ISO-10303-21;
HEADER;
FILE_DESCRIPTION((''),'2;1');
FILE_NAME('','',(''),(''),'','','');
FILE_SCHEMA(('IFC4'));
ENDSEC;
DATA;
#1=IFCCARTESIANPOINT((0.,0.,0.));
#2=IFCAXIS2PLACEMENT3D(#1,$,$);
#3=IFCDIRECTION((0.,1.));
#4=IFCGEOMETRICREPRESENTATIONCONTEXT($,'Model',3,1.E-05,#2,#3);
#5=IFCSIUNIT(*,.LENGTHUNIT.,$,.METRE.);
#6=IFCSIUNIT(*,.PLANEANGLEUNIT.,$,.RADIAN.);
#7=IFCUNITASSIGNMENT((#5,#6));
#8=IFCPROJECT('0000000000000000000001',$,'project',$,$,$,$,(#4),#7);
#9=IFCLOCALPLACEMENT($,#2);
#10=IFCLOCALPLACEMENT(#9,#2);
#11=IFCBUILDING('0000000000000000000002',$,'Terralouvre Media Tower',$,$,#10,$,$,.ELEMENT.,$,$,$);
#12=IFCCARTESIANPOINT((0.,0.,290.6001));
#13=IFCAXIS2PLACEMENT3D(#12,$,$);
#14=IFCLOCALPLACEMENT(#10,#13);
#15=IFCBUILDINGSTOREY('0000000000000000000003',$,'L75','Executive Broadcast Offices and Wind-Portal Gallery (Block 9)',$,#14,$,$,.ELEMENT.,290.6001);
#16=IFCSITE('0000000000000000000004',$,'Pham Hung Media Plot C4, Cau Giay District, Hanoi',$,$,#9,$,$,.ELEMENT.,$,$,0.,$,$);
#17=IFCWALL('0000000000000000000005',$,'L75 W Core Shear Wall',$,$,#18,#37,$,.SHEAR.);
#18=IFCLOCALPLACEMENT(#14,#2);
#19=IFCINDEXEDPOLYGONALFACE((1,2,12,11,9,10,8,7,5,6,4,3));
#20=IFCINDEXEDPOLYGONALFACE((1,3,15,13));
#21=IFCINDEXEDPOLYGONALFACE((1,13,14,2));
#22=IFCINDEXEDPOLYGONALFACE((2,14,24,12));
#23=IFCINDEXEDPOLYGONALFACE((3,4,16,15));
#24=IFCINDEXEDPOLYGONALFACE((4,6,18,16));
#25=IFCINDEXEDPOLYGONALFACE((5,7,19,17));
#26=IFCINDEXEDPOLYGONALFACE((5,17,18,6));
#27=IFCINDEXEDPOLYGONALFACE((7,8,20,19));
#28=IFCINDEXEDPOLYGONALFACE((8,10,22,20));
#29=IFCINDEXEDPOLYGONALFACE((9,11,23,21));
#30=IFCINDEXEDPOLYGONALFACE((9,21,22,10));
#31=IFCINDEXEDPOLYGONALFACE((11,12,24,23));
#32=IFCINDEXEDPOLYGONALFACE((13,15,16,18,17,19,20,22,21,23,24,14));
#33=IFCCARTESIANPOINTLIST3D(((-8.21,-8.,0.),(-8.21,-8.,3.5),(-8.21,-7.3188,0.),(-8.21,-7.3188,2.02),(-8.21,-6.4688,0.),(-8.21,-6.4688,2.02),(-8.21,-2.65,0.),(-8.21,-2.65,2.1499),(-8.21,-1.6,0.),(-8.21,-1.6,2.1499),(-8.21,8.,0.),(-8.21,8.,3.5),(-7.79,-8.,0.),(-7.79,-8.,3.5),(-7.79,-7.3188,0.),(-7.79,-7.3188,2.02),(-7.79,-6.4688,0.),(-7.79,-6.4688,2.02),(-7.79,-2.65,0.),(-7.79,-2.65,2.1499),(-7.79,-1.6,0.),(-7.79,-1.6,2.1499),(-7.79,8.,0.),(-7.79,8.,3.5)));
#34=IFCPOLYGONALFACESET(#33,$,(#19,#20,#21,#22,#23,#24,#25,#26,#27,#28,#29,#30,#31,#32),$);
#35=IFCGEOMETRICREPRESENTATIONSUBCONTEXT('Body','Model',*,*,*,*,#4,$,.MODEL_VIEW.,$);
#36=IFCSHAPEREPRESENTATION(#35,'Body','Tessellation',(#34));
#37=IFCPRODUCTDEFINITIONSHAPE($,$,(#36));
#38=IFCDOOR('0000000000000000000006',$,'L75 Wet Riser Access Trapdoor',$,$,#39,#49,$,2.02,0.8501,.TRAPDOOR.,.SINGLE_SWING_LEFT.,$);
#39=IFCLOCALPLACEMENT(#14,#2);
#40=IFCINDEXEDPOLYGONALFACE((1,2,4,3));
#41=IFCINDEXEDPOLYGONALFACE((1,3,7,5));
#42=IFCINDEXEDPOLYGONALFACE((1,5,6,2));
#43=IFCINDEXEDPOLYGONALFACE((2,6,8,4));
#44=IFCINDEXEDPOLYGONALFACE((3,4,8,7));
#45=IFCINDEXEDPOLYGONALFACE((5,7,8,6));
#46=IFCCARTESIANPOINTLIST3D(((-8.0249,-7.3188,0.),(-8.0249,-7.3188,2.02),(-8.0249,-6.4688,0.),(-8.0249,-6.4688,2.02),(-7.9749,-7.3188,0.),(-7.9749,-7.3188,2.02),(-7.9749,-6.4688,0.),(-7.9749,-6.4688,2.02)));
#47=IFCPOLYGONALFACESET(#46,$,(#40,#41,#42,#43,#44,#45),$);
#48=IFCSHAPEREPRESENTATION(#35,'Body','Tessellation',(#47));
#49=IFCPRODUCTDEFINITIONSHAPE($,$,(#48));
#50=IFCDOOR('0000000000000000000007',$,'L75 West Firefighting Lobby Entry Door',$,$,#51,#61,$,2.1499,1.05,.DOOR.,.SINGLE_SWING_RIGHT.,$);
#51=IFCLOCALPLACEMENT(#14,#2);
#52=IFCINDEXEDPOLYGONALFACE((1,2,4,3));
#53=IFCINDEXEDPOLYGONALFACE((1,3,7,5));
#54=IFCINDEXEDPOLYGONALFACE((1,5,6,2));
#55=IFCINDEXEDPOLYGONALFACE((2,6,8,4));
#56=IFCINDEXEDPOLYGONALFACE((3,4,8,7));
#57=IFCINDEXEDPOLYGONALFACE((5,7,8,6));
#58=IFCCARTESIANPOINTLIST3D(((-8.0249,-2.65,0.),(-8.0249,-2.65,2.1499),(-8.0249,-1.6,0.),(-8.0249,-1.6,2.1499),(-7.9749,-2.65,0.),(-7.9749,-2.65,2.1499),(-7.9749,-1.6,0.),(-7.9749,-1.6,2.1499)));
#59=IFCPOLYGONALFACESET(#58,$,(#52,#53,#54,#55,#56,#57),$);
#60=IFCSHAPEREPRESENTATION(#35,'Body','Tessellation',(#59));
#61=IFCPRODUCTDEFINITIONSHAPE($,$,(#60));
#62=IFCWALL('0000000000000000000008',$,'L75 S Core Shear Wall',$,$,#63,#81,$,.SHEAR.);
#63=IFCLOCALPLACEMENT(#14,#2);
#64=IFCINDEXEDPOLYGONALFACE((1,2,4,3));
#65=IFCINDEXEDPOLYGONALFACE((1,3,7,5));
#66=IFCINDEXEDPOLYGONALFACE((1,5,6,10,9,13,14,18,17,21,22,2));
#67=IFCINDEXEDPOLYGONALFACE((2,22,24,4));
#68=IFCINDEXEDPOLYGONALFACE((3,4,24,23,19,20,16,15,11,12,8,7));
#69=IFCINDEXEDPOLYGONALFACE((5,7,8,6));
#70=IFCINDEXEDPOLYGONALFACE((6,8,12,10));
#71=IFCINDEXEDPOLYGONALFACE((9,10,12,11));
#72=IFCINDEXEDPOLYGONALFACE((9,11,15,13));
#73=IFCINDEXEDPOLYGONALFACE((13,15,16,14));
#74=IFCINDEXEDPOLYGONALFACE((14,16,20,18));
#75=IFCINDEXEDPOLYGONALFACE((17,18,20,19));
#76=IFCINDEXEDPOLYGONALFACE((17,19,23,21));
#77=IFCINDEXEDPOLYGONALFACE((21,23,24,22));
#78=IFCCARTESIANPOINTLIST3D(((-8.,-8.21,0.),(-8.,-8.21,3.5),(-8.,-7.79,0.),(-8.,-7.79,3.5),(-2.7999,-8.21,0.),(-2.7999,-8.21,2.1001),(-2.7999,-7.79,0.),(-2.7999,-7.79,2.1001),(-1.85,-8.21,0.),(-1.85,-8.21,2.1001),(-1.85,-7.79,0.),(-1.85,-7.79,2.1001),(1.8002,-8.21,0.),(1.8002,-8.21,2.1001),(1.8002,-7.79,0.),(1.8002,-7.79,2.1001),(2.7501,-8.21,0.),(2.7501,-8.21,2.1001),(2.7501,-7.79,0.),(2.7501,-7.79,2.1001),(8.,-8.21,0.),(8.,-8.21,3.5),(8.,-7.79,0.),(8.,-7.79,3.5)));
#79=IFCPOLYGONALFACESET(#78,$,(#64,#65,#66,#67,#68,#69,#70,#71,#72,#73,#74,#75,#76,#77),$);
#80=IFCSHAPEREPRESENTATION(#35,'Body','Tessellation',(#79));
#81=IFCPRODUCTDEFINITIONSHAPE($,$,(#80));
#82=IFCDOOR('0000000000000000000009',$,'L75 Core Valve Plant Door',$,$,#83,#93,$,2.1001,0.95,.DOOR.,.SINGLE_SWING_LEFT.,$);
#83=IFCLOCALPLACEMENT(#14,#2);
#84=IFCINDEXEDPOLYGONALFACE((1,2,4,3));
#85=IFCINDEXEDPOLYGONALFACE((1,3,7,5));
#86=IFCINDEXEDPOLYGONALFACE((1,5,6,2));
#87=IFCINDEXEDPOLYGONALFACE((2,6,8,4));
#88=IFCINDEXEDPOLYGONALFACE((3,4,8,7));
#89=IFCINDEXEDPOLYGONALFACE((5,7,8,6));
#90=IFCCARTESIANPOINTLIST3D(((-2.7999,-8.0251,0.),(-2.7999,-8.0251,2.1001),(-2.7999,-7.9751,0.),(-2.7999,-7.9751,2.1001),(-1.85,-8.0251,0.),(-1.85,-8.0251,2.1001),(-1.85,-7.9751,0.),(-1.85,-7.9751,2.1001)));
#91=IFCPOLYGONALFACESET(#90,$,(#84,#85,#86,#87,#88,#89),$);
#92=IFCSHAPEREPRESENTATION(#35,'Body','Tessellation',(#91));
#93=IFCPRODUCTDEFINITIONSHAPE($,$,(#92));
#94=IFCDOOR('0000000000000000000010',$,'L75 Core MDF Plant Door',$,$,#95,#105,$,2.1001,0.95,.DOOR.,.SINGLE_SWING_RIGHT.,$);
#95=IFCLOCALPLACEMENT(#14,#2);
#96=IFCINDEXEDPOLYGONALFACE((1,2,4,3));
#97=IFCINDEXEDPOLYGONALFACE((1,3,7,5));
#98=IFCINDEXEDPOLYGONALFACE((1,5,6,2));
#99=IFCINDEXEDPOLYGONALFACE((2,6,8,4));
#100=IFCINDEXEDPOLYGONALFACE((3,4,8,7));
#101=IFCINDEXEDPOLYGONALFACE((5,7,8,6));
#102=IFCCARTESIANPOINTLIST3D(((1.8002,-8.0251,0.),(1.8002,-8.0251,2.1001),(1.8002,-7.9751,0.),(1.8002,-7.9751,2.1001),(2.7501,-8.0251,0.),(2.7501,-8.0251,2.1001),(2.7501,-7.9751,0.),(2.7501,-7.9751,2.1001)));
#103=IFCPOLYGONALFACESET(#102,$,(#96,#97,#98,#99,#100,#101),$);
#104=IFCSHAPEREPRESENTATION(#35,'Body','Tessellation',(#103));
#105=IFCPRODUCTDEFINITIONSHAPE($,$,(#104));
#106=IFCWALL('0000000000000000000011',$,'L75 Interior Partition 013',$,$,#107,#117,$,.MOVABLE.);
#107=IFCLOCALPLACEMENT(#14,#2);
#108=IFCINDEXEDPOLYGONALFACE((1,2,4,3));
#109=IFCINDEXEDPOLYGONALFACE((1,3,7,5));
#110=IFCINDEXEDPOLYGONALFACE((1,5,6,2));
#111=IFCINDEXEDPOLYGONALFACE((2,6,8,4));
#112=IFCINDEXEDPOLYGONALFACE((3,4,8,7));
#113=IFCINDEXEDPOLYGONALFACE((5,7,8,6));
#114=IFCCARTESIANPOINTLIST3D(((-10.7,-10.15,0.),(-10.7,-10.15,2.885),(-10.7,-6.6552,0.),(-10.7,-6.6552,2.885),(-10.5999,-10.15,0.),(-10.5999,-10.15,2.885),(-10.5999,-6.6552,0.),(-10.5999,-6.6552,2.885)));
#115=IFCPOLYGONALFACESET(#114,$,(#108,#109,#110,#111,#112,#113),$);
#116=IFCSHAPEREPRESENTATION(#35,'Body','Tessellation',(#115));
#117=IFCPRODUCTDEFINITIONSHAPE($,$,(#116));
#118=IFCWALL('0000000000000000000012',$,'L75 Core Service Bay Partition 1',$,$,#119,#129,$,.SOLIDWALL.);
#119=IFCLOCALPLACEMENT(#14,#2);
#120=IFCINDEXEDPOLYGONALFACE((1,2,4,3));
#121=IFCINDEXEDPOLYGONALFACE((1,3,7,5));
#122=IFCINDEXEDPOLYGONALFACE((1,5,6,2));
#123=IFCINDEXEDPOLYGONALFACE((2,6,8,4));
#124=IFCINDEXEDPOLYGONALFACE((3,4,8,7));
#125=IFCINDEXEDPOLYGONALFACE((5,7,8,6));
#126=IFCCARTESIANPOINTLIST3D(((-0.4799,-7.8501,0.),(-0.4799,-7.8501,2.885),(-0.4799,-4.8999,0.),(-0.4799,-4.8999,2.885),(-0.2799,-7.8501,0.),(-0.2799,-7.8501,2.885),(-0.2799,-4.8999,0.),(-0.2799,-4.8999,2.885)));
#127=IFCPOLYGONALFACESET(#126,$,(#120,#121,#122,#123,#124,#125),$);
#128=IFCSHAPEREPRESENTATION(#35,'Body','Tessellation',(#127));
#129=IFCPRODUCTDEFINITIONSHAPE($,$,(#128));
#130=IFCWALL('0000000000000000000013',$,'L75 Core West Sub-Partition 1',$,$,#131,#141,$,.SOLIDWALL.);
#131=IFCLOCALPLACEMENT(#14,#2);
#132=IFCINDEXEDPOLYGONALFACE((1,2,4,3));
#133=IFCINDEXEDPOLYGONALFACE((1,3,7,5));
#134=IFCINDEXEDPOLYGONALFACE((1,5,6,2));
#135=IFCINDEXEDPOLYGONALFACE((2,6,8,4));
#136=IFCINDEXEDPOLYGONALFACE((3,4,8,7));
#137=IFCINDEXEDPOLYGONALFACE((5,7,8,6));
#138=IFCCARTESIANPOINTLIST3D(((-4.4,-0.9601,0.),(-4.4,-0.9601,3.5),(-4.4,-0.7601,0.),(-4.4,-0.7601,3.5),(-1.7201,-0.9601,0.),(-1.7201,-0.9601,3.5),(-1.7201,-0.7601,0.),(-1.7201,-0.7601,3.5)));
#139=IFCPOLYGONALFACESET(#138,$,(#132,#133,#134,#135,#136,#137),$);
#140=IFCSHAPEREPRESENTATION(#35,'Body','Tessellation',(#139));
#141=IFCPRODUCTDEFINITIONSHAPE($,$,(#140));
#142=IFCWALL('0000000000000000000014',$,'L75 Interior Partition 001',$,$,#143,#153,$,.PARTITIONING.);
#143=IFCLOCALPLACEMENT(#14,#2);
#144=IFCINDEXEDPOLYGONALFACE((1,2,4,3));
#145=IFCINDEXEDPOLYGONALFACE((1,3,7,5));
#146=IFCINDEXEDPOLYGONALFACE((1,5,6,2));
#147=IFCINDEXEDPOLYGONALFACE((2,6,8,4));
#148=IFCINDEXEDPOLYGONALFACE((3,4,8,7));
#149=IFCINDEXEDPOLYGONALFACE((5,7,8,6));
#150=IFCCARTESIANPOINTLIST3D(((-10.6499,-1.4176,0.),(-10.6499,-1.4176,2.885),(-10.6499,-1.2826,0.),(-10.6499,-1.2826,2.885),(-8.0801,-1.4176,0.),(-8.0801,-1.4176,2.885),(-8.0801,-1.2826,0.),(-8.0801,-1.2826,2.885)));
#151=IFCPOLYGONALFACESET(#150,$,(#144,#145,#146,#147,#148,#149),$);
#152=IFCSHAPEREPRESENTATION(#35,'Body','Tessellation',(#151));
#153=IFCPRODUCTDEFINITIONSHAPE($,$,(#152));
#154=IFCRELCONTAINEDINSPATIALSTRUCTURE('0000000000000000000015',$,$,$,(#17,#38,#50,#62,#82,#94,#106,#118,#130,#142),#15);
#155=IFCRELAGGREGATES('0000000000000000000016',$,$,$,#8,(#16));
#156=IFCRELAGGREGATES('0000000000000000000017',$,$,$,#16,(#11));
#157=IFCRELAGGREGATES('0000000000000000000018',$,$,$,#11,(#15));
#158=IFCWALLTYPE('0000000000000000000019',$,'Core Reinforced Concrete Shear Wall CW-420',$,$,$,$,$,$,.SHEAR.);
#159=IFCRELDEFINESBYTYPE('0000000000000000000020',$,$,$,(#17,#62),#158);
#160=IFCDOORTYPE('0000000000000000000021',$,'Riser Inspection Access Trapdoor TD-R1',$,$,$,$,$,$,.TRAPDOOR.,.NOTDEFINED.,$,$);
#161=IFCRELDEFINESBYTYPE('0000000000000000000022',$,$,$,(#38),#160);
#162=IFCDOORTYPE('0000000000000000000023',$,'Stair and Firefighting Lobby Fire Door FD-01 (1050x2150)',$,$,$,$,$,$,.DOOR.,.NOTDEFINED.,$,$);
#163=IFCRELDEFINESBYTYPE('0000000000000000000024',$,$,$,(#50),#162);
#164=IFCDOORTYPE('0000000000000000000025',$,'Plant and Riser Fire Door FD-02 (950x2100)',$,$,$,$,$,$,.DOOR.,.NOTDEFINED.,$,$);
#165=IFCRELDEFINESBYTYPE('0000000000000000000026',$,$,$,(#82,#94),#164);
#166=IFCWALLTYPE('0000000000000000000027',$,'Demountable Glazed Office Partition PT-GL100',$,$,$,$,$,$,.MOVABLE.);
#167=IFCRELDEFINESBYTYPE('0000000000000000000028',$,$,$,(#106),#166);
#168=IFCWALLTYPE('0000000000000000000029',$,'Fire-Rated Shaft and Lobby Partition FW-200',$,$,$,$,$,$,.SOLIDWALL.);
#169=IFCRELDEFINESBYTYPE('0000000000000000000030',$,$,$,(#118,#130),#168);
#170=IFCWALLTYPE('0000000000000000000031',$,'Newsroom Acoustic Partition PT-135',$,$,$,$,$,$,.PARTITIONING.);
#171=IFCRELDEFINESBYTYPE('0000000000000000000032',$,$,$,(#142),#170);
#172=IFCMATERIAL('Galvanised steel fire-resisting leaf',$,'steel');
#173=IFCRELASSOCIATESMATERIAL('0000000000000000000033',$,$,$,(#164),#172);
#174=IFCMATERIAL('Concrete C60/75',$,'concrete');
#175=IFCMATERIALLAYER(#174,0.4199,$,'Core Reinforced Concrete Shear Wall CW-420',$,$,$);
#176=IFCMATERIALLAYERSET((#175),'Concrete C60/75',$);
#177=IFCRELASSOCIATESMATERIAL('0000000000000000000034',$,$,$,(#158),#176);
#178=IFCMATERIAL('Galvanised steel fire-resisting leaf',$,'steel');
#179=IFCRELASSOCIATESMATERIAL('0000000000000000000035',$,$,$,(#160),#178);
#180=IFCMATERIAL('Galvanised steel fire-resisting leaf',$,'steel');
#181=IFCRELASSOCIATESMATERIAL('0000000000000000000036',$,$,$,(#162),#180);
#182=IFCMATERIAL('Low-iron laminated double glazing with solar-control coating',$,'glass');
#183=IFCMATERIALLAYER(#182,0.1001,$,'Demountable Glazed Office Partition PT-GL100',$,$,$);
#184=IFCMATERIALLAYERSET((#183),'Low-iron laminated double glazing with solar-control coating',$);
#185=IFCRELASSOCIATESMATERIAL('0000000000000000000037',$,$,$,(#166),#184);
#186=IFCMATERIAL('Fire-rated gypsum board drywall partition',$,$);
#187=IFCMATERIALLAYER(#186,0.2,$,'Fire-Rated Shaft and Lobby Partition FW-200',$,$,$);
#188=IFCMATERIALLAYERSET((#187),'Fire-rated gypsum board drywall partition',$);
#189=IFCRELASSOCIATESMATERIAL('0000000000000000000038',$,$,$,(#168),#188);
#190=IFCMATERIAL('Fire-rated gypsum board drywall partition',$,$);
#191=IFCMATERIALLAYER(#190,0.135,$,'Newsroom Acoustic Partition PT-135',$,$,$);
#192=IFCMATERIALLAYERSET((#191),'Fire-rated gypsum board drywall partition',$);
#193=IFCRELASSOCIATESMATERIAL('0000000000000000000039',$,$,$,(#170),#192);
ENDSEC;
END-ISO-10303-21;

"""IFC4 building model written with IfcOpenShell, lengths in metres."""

from ifc_helpers import new_model, si_unit, direction, frame, frame_2d, origin, place, context, subcontext, project, spatial, rectangle, extrude, material, layer, layer_set, type_object, element, fill, save


model = new_model("IFC4")

# Units and contexts
model_context = context("Model", 3, precision=1e-05, world=origin(), true_north=direction((0.0, 1.0)))
body_context = subcontext(model_context, "Body", "Model", "MODEL_VIEW")
ifc_project = project(units=[si_unit("LENGTHUNIT", "METRE"), si_unit("PLANEANGLEUNIT", "RADIAN")], contexts=[model_context])

# Site, building, storey
site_placement = place(None, origin())
site = spatial("IfcSite", under=ifc_project, at=site_placement, Name="Pham Hung Media Plot C4, Cau Giay District, Hanoi", CompositionType="ELEMENT", RefElevation=0.0)
building_placement = place(site_placement, origin())
building = spatial("IfcBuilding", under=site, at=building_placement, Name="Terralouvre Media Tower", CompositionType="ELEMENT")
storey_placement = place(building_placement, frame((0.0, 0.0, 290.6001)))
storey = spatial("IfcBuildingStorey", under=building, at=storey_placement, Name="L75", Description="Executive Broadcast Offices and Wind-Portal Gallery (Block 9)", CompositionType="ELEMENT", Elevation=290.6001)

# Walls, openings, doors
ifc_material_1 = material(Name="Galvanised steel fire-resisting leaf", Category="steel")
door_type_1 = type_object("IfcDoorType", Name="Plant and Riser Fire Door FD-02 (950x2100)", OperationType="NOTDEFINED", PredefinedType="DOOR", material=ifc_material_1)
ifc_material_2 = material(Name="Concrete C60/75", Category="concrete")
ifc_layer_1 = layer(ifc_material_2, 0.4199, Name="Core Reinforced Concrete Shear Wall CW-420")
ifc_layer_set_1 = layer_set([ifc_layer_1], Name="Concrete C60/75")
wall_type_1 = type_object("IfcWallType", Name="Core Reinforced Concrete Shear Wall CW-420", PredefinedType="SHEAR", material=ifc_layer_set_1)
wall_1_placement = place(storey_placement, frame((-8.0, -8.0, 0.0), z_axis=(0.0, 0.0, 1.0), x_axis=(0.0, 1.0, 0.0)))
wall_1 = element("IfcWall", 1, at=wall_1_placement, inside=storey, type_object=wall_type_1, Name="L75 W Core Shear Wall", PredefinedType="SHEAR", context=body_context, shape_type="SweptSolid", body=[
    extrude(rectangle(XDim=16.0, YDim=0.4199, at=frame_2d((8.0, 0.0))), origin(), (0.0, 0.0, 1.0), 3.5),
])
opening_1_placement = place(wall_1_placement, frame((0.6812, 0.0, 0.0)))
opening_1 = element("IfcOpeningElement", 2, at=opening_1_placement, cuts=wall_1, PredefinedType="OPENING", context=body_context, shape_type="SweptSolid", body=[
    extrude(rectangle(XDim=0.8501, YDim=2.02, at=frame_2d((0.425, 1.01))), frame((0.0, 0.22, 0.0), z_axis=(0.0, -1.0, 0.0), x_axis=(1.0, 0.0, 0.0)), (0.0, 0.0, 1.0), 0.4399),
])
opening_2_placement = place(wall_1_placement, frame((5.3501, 0.0, 0.0)))
opening_2 = element("IfcOpeningElement", 3, at=opening_2_placement, cuts=wall_1, PredefinedType="OPENING", context=body_context, shape_type="SweptSolid", body=[
    extrude(rectangle(XDim=1.05, YDim=2.1499, at=frame_2d((0.5249, 1.075))), frame((0.0, 0.22, 0.0), z_axis=(0.0, -1.0, 0.0), x_axis=(1.0, 0.0, 0.0)), (0.0, 0.0, 1.0), 0.4399),
])
ifc_material_3 = material(Name="Galvanised steel fire-resisting leaf", Category="steel")
door_type_2 = type_object("IfcDoorType", Name="Riser Inspection Access Trapdoor TD-R1", OperationType="NOTDEFINED", PredefinedType="TRAPDOOR", material=ifc_material_3)
door_1_placement = place(opening_1_placement, origin())
door_1 = element("IfcDoor", 4, at=door_1_placement, inside=storey, type_object=door_type_2, Name="L75 Wet Riser Access Trapdoor", OperationType="SINGLE_SWING_LEFT", OverallHeight=2.02, OverallWidth=0.8501, PredefinedType="TRAPDOOR", context=body_context, shape_type="SweptSolid", body=[
    extrude(rectangle(XDim=0.8501, YDim=2.02, at=frame_2d((0.425, 1.01))), frame((0.0, 0.0249, 0.0), z_axis=(0.0, -1.0, 0.0), x_axis=(1.0, 0.0, 0.0)), (0.0, 0.0, 1.0), 0.05),
])
fill(opening_1, door_1)
ifc_material_4 = material(Name="Galvanised steel fire-resisting leaf", Category="steel")
door_type_3 = type_object("IfcDoorType", Name="Stair and Firefighting Lobby Fire Door FD-01 (1050x2150)", OperationType="NOTDEFINED", PredefinedType="DOOR", material=ifc_material_4)
door_2_placement = place(opening_2_placement, origin())
door_2 = element("IfcDoor", 5, at=door_2_placement, inside=storey, type_object=door_type_3, Name="L75 West Firefighting Lobby Entry Door", OperationType="SINGLE_SWING_RIGHT", OverallHeight=2.1499, OverallWidth=1.05, PredefinedType="DOOR", context=body_context, shape_type="SweptSolid", body=[
    extrude(rectangle(XDim=1.05, YDim=2.1499, at=frame_2d((0.5249, 1.075))), frame((0.0, 0.0249, 0.0), z_axis=(0.0, -1.0, 0.0), x_axis=(1.0, 0.0, 0.0)), (0.0, 0.0, 1.0), 0.05),
])
fill(opening_2, door_2)
wall_2_placement = place(storey_placement, frame((-8.0, -8.0, 0.0), z_axis=(0.0, 0.0, 1.0), x_axis=(1.0, 0.0, 0.0)))
wall_2 = element("IfcWall", 6, at=wall_2_placement, inside=storey, type_object=wall_type_1, Name="L75 S Core Shear Wall", PredefinedType="SHEAR", context=body_context, shape_type="SweptSolid", body=[
    extrude(rectangle(XDim=16.0, YDim=0.4199, at=frame_2d((8.0, 0.0))), origin(), (0.0, 0.0, 1.0), 3.5),
])
opening_3_placement = place(wall_2_placement, frame((5.2, 0.0, 0.0)))
opening_3 = element("IfcOpeningElement", 7, at=opening_3_placement, cuts=wall_2, PredefinedType="OPENING", context=body_context, shape_type="SweptSolid", body=[
    extrude(rectangle(XDim=0.95, YDim=2.1001, at=frame_2d((0.4751, 1.05))), frame((0.0, 0.22, 0.0), z_axis=(0.0, -1.0, 0.0), x_axis=(1.0, 0.0, 0.0)), (0.0, 0.0, 1.0), 0.4399),
])
opening_4_placement = place(wall_2_placement, frame((9.8, 0.0, 0.0)))
opening_4 = element("IfcOpeningElement", 8, at=opening_4_placement, cuts=wall_2, PredefinedType="OPENING", context=body_context, shape_type="SweptSolid", body=[
    extrude(rectangle(XDim=0.95, YDim=2.1001, at=frame_2d((0.4751, 1.05))), frame((0.0, 0.22, 0.0), z_axis=(0.0, -1.0, 0.0), x_axis=(1.0, 0.0, 0.0)), (0.0, 0.0, 1.0), 0.4399),
])
door_3_placement = place(opening_3_placement, origin())
door_3 = element("IfcDoor", 9, at=door_3_placement, inside=storey, type_object=door_type_1, Name="L75 Core Valve Plant Door", OperationType="SINGLE_SWING_LEFT", OverallHeight=2.1001, OverallWidth=0.95, PredefinedType="DOOR", context=body_context, shape_type="SweptSolid", body=[
    extrude(rectangle(XDim=0.95, YDim=2.1001, at=frame_2d((0.4751, 1.05))), frame((0.0, 0.0249, 0.0), z_axis=(0.0, -1.0, 0.0), x_axis=(1.0, 0.0, 0.0)), (0.0, 0.0, 1.0), 0.05),
])
fill(opening_3, door_3)
door_4_placement = place(opening_4_placement, origin())
door_4 = element("IfcDoor", 10, at=door_4_placement, inside=storey, type_object=door_type_1, Name="L75 Core MDF Plant Door", OperationType="SINGLE_SWING_RIGHT", OverallHeight=2.1001, OverallWidth=0.95, PredefinedType="DOOR", context=body_context, shape_type="SweptSolid", body=[
    extrude(rectangle(XDim=0.95, YDim=2.1001, at=frame_2d((0.4751, 1.05))), frame((0.0, 0.0249, 0.0), z_axis=(0.0, -1.0, 0.0), x_axis=(1.0, 0.0, 0.0)), (0.0, 0.0, 1.0), 0.05),
])
fill(opening_4, door_4)

# Walls
ifc_material_5 = material(Name="Low-iron laminated double glazing with solar-control coating", Category="glass")
ifc_layer_2 = layer(ifc_material_5, 0.1001, Name="Demountable Glazed Office Partition PT-GL100")
ifc_layer_set_2 = layer_set([ifc_layer_2], Name="Low-iron laminated double glazing with solar-control coating")
wall_type_2 = type_object("IfcWallType", Name="Demountable Glazed Office Partition PT-GL100", PredefinedType="MOVABLE", material=ifc_layer_set_2)
wall_3_placement = place(storey_placement, frame((-10.6499, -6.655, 0.0), z_axis=(0.0, 0.0, 1.0), x_axis=(0.0, -1.0, 0.0)))
element("IfcWall", 11, at=wall_3_placement, inside=storey, type_object=wall_type_2, Name="L75 Interior Partition 013", PredefinedType="MOVABLE", context=body_context, shape_type="SweptSolid", body=[
    extrude(rectangle(XDim=3.4949, YDim=0.1001, at=frame_2d((1.7476, 0.0))), origin(), (0.0, 0.0, 1.0), 2.885),
])
ifc_material_6 = material(Name="Fire-rated gypsum board drywall partition")
ifc_layer_3 = layer(ifc_material_6, 0.2, Name="Fire-Rated Shaft and Lobby Partition FW-200")
ifc_layer_set_3 = layer_set([ifc_layer_3], Name="Fire-rated gypsum board drywall partition")
wall_type_3 = type_object("IfcWallType", Name="Fire-Rated Shaft and Lobby Partition FW-200", PredefinedType="SOLIDWALL", material=ifc_layer_set_3)
wall_4_placement = place(storey_placement, frame((-0.3799, -7.8501, 0.0), z_axis=(0.0, 0.0, 1.0), x_axis=(0.0, 1.0, 0.0)))
element("IfcWall", 12, at=wall_4_placement, inside=storey, type_object=wall_type_3, Name="L75 Core Service Bay Partition 1", PredefinedType="SOLIDWALL", context=body_context, shape_type="SweptSolid", body=[
    extrude(rectangle(XDim=2.9502, YDim=0.2, at=frame_2d((1.4751, 0.0))), origin(), (0.0, 0.0, 1.0), 2.885),
])
wall_5_placement = place(storey_placement, frame((-4.3999, -0.8601, 0.0), z_axis=(0.0, 0.0, 1.0), x_axis=(1.0, 0.0, 0.0)))
element("IfcWall", 13, at=wall_5_placement, inside=storey, type_object=wall_type_3, Name="L75 Core West Sub-Partition 1", PredefinedType="SOLIDWALL", context=body_context, shape_type="SweptSolid", body=[
    extrude(rectangle(XDim=2.6799, YDim=0.2, at=frame_2d((1.3398, 0.0))), origin(), (0.0, 0.0, 1.0), 3.5),
])
ifc_material_7 = material(Name="Fire-rated gypsum board drywall partition")
ifc_layer_4 = layer(ifc_material_7, 0.135, Name="Newsroom Acoustic Partition PT-135")
ifc_layer_set_4 = layer_set([ifc_layer_4], Name="Fire-rated gypsum board drywall partition")
wall_type_4 = type_object("IfcWallType", Name="Newsroom Acoustic Partition PT-135", PredefinedType="PARTITIONING", material=ifc_layer_set_4)
wall_6_placement = place(storey_placement, frame((-8.0801, -1.3501, 0.0), z_axis=(0.0, 0.0, 1.0), x_axis=(-1.0, 0.0, 0.0)))
element("IfcWall", 14, at=wall_6_placement, inside=storey, type_object=wall_type_4, Name="L75 Interior Partition 001", PredefinedType="PARTITIONING", context=body_context, shape_type="SweptSolid", body=[
    extrude(rectangle(XDim=2.5698, YDim=0.135, at=frame_2d((1.2849, 0.0))), origin(), (0.0, 0.0, 1.0), 2.885),
])

save(model, "model.ifc")
